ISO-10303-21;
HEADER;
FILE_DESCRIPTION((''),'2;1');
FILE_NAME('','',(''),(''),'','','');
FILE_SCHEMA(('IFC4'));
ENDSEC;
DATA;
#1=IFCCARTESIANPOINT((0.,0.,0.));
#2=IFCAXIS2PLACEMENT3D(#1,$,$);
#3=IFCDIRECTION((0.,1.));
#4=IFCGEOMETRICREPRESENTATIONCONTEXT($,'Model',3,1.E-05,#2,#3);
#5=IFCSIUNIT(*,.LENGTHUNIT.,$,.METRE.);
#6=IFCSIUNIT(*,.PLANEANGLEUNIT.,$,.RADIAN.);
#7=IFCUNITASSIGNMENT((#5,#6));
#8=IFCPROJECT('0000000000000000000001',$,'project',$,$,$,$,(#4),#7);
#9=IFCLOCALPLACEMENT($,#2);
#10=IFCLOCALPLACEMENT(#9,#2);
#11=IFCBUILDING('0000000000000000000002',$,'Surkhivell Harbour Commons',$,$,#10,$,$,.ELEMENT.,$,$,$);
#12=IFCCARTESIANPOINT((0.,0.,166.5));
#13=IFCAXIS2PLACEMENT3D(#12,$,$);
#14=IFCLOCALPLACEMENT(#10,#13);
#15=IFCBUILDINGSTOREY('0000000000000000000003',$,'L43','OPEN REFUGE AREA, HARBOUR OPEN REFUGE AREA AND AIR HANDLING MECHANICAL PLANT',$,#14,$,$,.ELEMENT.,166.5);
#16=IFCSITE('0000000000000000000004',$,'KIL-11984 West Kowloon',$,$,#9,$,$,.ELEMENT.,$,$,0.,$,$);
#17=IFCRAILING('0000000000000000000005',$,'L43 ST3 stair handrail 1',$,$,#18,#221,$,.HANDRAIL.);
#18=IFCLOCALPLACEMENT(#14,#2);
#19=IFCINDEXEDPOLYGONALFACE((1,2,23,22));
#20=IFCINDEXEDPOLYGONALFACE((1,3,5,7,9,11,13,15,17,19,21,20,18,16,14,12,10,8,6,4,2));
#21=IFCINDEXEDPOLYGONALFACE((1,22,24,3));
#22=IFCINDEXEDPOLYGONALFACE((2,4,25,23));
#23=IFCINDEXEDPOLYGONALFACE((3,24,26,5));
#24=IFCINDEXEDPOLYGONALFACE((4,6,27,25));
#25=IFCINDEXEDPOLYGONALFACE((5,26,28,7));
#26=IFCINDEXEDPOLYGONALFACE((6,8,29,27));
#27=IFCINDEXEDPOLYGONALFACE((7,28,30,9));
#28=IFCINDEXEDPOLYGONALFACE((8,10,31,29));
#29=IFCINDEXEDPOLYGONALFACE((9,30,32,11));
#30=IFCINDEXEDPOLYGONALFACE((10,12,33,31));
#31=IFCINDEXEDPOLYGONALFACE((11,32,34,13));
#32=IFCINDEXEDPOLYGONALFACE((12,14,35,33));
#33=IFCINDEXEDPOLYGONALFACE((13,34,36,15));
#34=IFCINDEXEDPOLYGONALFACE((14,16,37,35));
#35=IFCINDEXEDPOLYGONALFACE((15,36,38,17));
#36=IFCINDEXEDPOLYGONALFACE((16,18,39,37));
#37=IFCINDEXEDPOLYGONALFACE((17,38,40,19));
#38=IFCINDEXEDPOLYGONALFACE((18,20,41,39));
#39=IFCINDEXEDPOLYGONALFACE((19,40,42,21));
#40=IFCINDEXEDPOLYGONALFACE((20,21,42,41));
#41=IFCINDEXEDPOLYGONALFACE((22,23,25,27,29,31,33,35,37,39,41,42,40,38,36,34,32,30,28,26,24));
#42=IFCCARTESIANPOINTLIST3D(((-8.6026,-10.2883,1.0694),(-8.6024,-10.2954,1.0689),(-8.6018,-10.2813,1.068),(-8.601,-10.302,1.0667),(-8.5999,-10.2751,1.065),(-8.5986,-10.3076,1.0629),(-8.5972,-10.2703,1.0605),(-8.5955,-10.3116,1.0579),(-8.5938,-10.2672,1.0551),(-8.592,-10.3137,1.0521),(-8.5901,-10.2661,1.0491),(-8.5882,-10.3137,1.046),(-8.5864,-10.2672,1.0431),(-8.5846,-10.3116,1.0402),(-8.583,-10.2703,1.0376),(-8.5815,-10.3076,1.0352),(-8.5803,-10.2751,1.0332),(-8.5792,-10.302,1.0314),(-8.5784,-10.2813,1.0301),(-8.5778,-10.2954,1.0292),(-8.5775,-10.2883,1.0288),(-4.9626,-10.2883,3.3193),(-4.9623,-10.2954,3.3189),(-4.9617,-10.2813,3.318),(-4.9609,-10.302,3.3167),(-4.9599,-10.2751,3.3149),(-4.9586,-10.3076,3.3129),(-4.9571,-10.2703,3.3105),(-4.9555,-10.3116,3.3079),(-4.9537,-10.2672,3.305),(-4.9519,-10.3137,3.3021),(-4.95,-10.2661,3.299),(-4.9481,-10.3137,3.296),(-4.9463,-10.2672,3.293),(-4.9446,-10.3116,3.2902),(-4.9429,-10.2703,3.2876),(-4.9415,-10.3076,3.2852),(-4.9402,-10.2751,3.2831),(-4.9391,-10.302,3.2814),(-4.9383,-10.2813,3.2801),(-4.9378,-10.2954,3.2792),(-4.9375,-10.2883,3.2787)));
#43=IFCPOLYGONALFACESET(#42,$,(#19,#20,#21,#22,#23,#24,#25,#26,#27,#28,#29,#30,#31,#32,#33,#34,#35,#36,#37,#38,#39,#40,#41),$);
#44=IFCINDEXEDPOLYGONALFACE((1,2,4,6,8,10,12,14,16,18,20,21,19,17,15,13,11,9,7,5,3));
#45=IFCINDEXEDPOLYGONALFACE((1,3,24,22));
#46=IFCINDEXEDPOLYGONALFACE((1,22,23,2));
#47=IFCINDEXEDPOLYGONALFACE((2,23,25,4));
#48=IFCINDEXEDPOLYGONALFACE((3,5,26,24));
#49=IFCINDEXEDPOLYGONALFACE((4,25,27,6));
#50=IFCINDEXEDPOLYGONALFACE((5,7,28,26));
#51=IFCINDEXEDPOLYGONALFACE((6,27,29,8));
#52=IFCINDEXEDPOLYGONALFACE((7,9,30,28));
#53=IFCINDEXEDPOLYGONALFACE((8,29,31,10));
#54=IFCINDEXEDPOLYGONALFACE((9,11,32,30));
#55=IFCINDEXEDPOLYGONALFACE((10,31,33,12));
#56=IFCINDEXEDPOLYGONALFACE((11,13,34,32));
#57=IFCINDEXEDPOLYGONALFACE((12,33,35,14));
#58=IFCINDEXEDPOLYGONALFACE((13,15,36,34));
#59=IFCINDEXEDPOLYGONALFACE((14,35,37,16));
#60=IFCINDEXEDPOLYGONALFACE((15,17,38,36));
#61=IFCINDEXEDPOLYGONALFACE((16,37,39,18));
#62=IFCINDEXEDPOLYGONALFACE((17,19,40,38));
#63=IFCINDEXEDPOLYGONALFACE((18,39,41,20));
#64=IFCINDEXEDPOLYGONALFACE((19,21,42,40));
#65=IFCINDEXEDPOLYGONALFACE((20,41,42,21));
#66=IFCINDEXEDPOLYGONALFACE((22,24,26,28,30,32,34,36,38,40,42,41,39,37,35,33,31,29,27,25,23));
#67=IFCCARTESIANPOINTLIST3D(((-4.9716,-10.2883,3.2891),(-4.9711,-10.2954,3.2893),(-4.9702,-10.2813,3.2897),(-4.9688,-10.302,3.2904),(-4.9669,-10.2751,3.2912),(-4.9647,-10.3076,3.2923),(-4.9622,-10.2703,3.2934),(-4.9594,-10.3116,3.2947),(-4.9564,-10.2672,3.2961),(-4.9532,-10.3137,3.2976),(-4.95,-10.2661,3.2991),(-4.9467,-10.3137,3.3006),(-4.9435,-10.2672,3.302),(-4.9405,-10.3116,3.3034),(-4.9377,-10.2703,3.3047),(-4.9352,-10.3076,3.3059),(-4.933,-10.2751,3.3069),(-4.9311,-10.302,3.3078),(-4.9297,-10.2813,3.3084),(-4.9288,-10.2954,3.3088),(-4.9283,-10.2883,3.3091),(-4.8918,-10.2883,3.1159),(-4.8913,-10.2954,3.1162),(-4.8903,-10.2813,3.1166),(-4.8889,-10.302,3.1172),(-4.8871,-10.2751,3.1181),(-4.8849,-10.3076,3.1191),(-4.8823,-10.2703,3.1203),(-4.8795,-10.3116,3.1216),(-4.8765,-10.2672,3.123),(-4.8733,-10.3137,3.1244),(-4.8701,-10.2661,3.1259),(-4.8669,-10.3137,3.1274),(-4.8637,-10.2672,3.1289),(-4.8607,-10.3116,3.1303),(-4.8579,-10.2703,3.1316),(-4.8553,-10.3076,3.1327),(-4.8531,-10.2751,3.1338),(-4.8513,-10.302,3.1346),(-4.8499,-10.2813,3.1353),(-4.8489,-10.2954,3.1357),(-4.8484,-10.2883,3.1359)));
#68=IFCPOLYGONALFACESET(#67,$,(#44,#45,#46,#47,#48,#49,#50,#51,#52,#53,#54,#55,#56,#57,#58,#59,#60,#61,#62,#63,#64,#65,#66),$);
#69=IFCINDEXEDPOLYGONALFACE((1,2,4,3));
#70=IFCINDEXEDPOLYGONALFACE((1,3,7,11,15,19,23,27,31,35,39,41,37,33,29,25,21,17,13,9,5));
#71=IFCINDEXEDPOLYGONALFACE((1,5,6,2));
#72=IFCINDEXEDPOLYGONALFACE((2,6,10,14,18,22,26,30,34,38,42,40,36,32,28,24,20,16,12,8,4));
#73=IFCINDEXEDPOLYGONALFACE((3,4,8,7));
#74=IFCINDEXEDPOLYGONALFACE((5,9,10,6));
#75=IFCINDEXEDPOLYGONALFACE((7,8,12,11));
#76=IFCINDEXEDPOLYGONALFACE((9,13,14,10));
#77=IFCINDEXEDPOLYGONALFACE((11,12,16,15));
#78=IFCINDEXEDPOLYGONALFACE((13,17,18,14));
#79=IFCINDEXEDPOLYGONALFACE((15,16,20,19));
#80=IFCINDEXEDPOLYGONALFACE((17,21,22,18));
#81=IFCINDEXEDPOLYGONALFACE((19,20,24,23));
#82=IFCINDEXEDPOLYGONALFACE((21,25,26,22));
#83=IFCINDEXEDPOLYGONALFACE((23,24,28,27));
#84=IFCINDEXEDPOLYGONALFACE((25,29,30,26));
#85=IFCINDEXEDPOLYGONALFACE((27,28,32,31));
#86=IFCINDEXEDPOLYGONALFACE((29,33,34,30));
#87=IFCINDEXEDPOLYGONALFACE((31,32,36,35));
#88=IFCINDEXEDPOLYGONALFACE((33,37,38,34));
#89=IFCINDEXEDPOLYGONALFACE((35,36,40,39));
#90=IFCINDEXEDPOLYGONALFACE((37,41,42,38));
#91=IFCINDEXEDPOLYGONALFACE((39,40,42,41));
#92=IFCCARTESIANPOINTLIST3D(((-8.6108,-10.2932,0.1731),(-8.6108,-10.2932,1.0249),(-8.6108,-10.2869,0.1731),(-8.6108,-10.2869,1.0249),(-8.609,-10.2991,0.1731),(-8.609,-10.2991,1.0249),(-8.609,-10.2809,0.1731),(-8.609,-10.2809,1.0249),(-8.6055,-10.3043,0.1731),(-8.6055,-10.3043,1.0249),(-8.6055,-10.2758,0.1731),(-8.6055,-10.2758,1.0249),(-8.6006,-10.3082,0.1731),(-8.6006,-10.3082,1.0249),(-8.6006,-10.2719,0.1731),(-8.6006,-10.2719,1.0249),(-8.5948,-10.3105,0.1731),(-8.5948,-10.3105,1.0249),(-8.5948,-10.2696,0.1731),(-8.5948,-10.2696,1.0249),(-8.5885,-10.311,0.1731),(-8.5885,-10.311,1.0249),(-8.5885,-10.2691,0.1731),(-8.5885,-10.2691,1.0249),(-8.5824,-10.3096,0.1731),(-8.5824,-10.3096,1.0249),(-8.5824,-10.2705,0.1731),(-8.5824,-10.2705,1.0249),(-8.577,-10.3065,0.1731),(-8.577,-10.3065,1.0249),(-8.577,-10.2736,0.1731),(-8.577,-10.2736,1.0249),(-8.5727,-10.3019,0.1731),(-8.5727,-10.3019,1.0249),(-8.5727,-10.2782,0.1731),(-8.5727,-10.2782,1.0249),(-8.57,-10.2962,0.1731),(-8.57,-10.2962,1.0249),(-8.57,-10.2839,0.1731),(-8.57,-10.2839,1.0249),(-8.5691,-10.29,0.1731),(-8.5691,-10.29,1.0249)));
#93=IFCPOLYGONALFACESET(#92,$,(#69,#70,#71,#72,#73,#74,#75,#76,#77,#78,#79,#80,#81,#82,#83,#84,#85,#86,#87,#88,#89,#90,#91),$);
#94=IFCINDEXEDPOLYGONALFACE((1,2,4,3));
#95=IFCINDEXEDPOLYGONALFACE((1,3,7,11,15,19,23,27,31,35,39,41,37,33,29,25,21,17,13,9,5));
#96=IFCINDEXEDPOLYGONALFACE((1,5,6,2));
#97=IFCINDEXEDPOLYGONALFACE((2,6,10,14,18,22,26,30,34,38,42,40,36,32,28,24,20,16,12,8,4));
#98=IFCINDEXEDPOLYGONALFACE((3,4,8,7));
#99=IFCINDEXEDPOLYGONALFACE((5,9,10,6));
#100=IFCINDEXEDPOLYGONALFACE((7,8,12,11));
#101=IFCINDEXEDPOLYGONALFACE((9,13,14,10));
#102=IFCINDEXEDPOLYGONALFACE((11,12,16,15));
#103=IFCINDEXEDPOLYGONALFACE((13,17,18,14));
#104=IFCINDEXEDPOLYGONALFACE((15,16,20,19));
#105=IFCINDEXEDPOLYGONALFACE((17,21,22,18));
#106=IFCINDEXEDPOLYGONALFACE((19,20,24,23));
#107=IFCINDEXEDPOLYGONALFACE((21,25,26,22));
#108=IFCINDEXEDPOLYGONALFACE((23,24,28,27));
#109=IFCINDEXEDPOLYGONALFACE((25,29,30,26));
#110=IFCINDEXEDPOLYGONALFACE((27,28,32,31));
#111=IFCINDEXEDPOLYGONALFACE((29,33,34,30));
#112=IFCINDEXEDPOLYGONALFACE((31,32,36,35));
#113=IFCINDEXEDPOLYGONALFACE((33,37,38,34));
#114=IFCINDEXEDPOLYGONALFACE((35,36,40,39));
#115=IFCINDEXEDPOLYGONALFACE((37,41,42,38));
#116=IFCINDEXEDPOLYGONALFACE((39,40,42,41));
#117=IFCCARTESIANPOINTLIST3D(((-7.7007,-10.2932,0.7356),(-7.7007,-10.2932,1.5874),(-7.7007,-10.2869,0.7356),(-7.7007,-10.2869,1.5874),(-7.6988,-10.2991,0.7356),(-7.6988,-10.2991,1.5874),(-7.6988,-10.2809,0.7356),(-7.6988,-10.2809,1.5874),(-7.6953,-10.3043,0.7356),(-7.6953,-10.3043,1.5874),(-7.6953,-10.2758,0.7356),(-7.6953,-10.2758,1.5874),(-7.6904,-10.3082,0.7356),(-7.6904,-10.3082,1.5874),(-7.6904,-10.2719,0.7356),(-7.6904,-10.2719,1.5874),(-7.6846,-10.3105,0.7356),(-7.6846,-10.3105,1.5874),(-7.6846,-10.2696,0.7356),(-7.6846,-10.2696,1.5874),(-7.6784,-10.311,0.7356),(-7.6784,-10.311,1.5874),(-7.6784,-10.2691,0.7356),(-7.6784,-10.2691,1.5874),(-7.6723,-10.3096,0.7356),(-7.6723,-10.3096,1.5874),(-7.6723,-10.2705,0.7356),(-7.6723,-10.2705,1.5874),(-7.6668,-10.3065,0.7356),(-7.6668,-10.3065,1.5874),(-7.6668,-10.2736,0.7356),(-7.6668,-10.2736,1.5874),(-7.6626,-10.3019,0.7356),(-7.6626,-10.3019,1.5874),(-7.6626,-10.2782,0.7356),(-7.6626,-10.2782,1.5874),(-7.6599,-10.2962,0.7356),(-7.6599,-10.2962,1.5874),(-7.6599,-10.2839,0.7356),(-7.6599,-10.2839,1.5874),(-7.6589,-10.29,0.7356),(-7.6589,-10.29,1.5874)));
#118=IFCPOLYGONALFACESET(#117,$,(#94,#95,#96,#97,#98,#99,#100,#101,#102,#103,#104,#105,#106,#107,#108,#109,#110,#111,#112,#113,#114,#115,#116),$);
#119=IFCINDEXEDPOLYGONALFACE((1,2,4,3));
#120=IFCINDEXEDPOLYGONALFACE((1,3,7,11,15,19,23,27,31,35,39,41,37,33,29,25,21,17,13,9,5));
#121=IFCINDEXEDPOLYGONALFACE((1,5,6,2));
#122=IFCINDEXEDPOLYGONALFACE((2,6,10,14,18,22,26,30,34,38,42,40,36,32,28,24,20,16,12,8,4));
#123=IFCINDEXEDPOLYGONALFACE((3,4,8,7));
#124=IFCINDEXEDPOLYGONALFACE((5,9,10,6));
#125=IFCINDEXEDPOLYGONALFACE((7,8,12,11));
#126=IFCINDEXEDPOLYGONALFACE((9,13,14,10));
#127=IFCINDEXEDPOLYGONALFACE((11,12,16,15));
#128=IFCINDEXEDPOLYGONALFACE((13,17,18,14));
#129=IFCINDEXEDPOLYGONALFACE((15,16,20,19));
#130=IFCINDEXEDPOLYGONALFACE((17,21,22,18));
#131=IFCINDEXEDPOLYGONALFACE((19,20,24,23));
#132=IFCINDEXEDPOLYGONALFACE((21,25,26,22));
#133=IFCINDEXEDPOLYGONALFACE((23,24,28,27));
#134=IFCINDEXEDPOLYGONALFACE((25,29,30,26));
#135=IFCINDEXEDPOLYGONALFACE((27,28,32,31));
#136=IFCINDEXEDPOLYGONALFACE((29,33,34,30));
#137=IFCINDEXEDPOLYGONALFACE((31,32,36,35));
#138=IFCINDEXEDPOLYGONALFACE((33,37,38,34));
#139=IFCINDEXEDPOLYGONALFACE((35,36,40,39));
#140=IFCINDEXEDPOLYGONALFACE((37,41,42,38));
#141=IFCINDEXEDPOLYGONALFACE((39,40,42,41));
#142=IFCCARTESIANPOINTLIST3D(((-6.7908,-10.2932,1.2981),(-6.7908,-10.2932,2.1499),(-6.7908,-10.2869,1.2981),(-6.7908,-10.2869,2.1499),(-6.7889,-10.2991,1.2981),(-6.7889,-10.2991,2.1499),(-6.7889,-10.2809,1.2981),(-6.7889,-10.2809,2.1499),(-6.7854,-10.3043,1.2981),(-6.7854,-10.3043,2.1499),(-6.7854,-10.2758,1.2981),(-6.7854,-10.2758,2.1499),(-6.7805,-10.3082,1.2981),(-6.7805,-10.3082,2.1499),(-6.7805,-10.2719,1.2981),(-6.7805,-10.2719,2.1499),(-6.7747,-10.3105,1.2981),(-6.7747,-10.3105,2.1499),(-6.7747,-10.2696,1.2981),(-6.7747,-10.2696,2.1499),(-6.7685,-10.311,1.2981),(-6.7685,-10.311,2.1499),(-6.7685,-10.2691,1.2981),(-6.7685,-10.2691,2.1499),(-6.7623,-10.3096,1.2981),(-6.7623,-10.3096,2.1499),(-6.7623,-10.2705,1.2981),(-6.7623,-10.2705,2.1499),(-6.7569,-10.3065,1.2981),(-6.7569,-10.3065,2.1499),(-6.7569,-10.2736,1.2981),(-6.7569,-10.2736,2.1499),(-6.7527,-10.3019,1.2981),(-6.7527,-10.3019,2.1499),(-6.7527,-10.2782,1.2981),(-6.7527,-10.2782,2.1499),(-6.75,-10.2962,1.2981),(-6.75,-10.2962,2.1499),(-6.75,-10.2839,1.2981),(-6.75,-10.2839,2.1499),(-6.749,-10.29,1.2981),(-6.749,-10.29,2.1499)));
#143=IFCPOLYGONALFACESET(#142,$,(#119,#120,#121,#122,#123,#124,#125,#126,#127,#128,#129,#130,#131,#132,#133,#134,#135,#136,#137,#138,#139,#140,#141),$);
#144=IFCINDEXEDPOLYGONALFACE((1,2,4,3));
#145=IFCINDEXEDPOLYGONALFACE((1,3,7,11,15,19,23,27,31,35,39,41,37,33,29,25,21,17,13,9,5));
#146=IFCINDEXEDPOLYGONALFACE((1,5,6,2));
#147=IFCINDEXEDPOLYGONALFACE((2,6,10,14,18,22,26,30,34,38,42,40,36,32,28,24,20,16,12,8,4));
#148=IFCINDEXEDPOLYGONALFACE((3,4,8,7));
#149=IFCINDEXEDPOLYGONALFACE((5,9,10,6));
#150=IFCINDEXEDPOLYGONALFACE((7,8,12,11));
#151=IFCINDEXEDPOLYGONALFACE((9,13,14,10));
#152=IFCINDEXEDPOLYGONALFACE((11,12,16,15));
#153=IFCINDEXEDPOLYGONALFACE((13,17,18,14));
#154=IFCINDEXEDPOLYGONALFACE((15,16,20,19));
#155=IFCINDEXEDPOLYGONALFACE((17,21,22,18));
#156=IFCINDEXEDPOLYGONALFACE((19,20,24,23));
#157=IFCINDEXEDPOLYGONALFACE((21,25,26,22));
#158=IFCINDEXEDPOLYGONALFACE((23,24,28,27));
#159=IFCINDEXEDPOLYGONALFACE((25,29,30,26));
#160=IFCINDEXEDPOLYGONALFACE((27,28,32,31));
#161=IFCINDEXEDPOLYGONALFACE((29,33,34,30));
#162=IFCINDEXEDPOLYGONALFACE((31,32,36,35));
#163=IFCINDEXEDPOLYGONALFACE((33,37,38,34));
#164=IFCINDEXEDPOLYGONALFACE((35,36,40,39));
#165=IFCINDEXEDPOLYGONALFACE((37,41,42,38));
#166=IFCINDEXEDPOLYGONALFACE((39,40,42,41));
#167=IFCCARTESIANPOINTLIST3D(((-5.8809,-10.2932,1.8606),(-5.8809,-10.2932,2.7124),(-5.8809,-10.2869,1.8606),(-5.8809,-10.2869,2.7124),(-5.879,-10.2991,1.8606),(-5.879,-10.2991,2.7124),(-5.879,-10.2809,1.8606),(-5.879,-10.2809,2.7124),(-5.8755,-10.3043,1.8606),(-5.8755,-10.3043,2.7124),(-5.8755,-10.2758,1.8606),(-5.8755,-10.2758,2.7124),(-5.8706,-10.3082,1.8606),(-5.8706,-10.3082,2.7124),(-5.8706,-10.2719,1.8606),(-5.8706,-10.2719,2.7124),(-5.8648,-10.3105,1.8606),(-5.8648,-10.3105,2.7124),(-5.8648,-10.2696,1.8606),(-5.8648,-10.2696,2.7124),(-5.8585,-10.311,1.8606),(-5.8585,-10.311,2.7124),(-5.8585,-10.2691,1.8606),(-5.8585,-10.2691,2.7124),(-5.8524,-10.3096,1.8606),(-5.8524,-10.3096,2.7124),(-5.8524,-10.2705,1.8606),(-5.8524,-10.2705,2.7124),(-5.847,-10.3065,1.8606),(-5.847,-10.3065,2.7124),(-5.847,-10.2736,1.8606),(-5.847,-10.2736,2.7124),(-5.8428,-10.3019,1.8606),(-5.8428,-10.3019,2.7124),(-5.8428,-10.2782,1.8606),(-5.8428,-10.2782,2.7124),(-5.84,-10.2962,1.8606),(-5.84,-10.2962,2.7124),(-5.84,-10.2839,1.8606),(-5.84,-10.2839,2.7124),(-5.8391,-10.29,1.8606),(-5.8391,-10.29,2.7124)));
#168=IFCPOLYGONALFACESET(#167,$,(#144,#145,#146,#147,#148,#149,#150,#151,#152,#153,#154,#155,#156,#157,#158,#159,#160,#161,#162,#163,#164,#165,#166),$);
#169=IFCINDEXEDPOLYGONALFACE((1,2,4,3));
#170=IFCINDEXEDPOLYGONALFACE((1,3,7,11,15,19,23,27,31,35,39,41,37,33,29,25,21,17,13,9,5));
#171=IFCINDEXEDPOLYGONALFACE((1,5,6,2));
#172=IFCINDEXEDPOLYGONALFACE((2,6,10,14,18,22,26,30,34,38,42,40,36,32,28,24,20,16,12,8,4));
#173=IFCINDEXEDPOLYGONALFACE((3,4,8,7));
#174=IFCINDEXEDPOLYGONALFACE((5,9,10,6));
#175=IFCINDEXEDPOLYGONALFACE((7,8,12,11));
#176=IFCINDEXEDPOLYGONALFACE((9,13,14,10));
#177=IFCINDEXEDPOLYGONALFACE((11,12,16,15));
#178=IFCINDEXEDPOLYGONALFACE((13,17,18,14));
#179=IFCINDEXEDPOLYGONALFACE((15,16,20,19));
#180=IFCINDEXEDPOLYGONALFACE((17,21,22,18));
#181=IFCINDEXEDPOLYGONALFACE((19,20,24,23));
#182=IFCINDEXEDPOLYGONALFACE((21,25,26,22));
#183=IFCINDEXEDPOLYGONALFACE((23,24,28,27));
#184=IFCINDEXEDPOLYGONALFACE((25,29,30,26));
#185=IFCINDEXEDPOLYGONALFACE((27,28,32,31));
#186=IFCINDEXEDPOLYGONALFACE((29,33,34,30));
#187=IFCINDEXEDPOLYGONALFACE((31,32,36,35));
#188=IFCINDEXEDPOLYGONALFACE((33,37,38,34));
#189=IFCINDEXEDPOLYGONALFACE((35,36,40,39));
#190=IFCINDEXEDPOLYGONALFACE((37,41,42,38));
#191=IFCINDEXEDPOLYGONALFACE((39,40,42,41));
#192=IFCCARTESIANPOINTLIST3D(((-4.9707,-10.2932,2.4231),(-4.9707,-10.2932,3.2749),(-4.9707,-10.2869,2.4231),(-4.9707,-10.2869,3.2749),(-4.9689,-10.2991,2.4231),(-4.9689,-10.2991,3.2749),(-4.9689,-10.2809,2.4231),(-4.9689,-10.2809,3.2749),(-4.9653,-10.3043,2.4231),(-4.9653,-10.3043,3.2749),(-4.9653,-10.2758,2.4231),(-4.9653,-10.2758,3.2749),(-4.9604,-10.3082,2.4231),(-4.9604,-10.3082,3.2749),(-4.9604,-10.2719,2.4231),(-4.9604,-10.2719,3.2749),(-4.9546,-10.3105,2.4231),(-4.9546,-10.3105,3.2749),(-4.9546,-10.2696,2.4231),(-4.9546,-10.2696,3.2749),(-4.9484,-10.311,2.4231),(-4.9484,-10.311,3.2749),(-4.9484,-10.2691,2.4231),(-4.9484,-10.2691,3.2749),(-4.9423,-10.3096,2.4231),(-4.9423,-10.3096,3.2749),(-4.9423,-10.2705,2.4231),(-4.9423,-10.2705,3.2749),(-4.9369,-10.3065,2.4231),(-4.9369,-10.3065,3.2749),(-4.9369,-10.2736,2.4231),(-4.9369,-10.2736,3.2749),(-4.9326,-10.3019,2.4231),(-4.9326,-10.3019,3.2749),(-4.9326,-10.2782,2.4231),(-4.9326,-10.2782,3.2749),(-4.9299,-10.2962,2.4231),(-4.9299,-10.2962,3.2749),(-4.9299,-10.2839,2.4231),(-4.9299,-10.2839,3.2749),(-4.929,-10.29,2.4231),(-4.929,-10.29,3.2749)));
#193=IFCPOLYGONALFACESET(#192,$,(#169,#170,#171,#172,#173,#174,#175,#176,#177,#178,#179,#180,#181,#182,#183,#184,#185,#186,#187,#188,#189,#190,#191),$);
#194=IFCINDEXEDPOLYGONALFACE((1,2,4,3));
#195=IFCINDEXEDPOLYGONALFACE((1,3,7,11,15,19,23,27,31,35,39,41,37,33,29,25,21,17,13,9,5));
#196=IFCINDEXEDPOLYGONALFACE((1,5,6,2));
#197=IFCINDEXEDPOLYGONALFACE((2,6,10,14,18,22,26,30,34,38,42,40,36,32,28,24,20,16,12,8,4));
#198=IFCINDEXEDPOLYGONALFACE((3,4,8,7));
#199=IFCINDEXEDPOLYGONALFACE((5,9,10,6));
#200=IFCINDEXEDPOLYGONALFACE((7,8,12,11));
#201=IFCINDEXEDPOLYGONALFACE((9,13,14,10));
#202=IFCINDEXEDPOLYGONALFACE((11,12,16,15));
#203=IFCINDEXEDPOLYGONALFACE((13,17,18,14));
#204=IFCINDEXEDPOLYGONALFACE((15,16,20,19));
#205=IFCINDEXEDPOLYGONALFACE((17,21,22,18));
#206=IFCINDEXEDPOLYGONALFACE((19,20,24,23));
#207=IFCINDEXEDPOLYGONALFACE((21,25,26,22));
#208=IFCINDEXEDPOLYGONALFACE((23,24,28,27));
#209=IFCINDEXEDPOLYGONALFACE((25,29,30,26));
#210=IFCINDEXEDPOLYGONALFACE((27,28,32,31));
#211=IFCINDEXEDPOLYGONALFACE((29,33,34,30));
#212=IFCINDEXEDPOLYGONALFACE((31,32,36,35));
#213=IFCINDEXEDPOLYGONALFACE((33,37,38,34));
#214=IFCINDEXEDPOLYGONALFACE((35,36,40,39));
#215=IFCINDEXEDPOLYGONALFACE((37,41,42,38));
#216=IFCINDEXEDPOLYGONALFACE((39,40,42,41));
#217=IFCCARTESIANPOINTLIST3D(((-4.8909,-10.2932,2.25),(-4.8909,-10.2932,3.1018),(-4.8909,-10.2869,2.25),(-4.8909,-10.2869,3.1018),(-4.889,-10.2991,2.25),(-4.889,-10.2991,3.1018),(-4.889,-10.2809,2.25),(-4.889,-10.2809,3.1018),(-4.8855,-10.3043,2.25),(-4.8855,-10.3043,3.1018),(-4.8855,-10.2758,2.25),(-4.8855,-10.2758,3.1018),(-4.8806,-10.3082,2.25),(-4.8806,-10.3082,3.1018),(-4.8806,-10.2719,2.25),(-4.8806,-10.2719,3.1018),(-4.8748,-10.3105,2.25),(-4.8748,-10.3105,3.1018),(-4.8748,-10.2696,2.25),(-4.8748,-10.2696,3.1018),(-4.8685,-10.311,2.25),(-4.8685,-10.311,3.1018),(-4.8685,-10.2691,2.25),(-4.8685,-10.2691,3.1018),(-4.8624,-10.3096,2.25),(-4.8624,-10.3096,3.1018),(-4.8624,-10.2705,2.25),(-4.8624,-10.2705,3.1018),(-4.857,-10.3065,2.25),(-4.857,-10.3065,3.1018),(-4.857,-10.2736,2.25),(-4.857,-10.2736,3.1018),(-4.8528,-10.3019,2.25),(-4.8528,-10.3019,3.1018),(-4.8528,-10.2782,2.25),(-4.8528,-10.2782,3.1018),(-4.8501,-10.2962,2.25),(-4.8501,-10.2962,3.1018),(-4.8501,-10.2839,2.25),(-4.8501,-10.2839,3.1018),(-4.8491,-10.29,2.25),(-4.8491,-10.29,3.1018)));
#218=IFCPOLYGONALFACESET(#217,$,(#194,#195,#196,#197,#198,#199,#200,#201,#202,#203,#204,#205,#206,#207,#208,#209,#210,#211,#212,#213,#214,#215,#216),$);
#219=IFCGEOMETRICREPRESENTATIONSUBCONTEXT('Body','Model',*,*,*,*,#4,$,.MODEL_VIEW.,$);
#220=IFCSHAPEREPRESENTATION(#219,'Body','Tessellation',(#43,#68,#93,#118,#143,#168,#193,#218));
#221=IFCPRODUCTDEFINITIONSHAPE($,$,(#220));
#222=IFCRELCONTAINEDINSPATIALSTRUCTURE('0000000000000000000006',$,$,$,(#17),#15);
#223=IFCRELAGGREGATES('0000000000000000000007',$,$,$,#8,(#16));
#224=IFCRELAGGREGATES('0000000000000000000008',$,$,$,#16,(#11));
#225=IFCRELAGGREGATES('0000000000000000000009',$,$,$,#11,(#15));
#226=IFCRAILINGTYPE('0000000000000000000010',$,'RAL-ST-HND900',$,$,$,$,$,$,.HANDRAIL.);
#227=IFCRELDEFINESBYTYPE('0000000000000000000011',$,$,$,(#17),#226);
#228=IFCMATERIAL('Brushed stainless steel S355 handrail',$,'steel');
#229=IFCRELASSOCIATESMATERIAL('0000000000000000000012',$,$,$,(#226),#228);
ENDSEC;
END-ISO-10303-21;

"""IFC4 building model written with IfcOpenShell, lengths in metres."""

from ifc_helpers import new_model, si_unit, direction, frame, origin, origin_2d, place, context, subcontext, project, spatial, circle, extrude, material, type_object, element, save


model = new_model("IFC4")

# Units and contexts
model_context = context("Model", 3, precision=1e-05, world=origin(), true_north=direction((0.0, 1.0)))
body_context = subcontext(model_context, "Body", "Model", "MODEL_VIEW")
ifc_project = project(units=[si_unit("LENGTHUNIT", "METRE"), si_unit("PLANEANGLEUNIT", "RADIAN")], contexts=[model_context])

# Site, building, storey
site_placement = place(None, origin())
site = spatial("IfcSite", under=ifc_project, at=site_placement, Name="KIL-11984 West Kowloon", CompositionType="ELEMENT", RefElevation=0.0)
building_placement = place(site_placement, origin())
building = spatial("IfcBuilding", under=site, at=building_placement, Name="Surkhivell Harbour Commons", CompositionType="ELEMENT")
storey_placement = place(building_placement, frame((0.0, 0.0, 166.5)))
storey = spatial("IfcBuildingStorey", under=building, at=storey_placement, Name="L43", Description="OPEN REFUGE AREA, HARBOUR OPEN REFUGE AREA AND AIR HANDLING MECHANICAL PLANT", CompositionType="ELEMENT", Elevation=166.5)

# Railing
ifc_material_1 = material(Name="Brushed stainless steel S355 handrail", Category="steel")
railing_type_1 = type_object("IfcRailingType", Name="RAL-ST-HND900", PredefinedType="HANDRAIL", material=ifc_material_1)
railing_1_placement = place(storey_placement, frame((-8.5901, -10.29, 0.1731)))
element("IfcRailing", 1, at=railing_1_placement, inside=storey, type_object=railing_type_1, Name="L43 ST3 stair handrail 1", PredefinedType="HANDRAIL", context=body_context, shape_type="SweptSolid", body=[
    extrude(circle(Radius=0.0239, at=origin_2d()), frame((0.0, 0.0, 0.876), z_axis=(0.850622, 0.0, 0.525777), x_axis=(0.0, 1.0, 0.0)), (0.0, 0.0, 1.0), 4.2793),
    extrude(circle(Radius=0.0239, at=origin_2d()), frame((3.6401, 0.0, 3.126), z_axis=(0.418815, 0.0, -0.908072), x_axis=(0.0, 1.0, 0.0)), (0.0, 0.0, 1.0), 0.1907),
    extrude(circle(Radius=0.021, at=origin_2d()), origin(), (0.0, 0.0, 1.0), 0.8518),
    extrude(circle(Radius=0.021, at=origin_2d()), frame((0.9102, 0.0, 0.5625)), (0.0, 0.0, 1.0), 0.8518),
    extrude(circle(Radius=0.021, at=origin_2d()), frame((1.8201, 0.0, 1.125)), (0.0, 0.0, 1.0), 0.8518),
    extrude(circle(Radius=0.021, at=origin_2d()), frame((2.73, 0.0, 1.6875)), (0.0, 0.0, 1.0), 0.8518),
    extrude(circle(Radius=0.021, at=origin_2d()), frame((3.6401, 0.0, 2.25)), (0.0, 0.0, 1.0), 0.8518),
    extrude(circle(Radius=0.021, at=origin_2d()), frame((3.72, 0.0, 2.0769)), (0.0, 0.0, 1.0), 0.8518),
])

save(model, "model.ifc")
